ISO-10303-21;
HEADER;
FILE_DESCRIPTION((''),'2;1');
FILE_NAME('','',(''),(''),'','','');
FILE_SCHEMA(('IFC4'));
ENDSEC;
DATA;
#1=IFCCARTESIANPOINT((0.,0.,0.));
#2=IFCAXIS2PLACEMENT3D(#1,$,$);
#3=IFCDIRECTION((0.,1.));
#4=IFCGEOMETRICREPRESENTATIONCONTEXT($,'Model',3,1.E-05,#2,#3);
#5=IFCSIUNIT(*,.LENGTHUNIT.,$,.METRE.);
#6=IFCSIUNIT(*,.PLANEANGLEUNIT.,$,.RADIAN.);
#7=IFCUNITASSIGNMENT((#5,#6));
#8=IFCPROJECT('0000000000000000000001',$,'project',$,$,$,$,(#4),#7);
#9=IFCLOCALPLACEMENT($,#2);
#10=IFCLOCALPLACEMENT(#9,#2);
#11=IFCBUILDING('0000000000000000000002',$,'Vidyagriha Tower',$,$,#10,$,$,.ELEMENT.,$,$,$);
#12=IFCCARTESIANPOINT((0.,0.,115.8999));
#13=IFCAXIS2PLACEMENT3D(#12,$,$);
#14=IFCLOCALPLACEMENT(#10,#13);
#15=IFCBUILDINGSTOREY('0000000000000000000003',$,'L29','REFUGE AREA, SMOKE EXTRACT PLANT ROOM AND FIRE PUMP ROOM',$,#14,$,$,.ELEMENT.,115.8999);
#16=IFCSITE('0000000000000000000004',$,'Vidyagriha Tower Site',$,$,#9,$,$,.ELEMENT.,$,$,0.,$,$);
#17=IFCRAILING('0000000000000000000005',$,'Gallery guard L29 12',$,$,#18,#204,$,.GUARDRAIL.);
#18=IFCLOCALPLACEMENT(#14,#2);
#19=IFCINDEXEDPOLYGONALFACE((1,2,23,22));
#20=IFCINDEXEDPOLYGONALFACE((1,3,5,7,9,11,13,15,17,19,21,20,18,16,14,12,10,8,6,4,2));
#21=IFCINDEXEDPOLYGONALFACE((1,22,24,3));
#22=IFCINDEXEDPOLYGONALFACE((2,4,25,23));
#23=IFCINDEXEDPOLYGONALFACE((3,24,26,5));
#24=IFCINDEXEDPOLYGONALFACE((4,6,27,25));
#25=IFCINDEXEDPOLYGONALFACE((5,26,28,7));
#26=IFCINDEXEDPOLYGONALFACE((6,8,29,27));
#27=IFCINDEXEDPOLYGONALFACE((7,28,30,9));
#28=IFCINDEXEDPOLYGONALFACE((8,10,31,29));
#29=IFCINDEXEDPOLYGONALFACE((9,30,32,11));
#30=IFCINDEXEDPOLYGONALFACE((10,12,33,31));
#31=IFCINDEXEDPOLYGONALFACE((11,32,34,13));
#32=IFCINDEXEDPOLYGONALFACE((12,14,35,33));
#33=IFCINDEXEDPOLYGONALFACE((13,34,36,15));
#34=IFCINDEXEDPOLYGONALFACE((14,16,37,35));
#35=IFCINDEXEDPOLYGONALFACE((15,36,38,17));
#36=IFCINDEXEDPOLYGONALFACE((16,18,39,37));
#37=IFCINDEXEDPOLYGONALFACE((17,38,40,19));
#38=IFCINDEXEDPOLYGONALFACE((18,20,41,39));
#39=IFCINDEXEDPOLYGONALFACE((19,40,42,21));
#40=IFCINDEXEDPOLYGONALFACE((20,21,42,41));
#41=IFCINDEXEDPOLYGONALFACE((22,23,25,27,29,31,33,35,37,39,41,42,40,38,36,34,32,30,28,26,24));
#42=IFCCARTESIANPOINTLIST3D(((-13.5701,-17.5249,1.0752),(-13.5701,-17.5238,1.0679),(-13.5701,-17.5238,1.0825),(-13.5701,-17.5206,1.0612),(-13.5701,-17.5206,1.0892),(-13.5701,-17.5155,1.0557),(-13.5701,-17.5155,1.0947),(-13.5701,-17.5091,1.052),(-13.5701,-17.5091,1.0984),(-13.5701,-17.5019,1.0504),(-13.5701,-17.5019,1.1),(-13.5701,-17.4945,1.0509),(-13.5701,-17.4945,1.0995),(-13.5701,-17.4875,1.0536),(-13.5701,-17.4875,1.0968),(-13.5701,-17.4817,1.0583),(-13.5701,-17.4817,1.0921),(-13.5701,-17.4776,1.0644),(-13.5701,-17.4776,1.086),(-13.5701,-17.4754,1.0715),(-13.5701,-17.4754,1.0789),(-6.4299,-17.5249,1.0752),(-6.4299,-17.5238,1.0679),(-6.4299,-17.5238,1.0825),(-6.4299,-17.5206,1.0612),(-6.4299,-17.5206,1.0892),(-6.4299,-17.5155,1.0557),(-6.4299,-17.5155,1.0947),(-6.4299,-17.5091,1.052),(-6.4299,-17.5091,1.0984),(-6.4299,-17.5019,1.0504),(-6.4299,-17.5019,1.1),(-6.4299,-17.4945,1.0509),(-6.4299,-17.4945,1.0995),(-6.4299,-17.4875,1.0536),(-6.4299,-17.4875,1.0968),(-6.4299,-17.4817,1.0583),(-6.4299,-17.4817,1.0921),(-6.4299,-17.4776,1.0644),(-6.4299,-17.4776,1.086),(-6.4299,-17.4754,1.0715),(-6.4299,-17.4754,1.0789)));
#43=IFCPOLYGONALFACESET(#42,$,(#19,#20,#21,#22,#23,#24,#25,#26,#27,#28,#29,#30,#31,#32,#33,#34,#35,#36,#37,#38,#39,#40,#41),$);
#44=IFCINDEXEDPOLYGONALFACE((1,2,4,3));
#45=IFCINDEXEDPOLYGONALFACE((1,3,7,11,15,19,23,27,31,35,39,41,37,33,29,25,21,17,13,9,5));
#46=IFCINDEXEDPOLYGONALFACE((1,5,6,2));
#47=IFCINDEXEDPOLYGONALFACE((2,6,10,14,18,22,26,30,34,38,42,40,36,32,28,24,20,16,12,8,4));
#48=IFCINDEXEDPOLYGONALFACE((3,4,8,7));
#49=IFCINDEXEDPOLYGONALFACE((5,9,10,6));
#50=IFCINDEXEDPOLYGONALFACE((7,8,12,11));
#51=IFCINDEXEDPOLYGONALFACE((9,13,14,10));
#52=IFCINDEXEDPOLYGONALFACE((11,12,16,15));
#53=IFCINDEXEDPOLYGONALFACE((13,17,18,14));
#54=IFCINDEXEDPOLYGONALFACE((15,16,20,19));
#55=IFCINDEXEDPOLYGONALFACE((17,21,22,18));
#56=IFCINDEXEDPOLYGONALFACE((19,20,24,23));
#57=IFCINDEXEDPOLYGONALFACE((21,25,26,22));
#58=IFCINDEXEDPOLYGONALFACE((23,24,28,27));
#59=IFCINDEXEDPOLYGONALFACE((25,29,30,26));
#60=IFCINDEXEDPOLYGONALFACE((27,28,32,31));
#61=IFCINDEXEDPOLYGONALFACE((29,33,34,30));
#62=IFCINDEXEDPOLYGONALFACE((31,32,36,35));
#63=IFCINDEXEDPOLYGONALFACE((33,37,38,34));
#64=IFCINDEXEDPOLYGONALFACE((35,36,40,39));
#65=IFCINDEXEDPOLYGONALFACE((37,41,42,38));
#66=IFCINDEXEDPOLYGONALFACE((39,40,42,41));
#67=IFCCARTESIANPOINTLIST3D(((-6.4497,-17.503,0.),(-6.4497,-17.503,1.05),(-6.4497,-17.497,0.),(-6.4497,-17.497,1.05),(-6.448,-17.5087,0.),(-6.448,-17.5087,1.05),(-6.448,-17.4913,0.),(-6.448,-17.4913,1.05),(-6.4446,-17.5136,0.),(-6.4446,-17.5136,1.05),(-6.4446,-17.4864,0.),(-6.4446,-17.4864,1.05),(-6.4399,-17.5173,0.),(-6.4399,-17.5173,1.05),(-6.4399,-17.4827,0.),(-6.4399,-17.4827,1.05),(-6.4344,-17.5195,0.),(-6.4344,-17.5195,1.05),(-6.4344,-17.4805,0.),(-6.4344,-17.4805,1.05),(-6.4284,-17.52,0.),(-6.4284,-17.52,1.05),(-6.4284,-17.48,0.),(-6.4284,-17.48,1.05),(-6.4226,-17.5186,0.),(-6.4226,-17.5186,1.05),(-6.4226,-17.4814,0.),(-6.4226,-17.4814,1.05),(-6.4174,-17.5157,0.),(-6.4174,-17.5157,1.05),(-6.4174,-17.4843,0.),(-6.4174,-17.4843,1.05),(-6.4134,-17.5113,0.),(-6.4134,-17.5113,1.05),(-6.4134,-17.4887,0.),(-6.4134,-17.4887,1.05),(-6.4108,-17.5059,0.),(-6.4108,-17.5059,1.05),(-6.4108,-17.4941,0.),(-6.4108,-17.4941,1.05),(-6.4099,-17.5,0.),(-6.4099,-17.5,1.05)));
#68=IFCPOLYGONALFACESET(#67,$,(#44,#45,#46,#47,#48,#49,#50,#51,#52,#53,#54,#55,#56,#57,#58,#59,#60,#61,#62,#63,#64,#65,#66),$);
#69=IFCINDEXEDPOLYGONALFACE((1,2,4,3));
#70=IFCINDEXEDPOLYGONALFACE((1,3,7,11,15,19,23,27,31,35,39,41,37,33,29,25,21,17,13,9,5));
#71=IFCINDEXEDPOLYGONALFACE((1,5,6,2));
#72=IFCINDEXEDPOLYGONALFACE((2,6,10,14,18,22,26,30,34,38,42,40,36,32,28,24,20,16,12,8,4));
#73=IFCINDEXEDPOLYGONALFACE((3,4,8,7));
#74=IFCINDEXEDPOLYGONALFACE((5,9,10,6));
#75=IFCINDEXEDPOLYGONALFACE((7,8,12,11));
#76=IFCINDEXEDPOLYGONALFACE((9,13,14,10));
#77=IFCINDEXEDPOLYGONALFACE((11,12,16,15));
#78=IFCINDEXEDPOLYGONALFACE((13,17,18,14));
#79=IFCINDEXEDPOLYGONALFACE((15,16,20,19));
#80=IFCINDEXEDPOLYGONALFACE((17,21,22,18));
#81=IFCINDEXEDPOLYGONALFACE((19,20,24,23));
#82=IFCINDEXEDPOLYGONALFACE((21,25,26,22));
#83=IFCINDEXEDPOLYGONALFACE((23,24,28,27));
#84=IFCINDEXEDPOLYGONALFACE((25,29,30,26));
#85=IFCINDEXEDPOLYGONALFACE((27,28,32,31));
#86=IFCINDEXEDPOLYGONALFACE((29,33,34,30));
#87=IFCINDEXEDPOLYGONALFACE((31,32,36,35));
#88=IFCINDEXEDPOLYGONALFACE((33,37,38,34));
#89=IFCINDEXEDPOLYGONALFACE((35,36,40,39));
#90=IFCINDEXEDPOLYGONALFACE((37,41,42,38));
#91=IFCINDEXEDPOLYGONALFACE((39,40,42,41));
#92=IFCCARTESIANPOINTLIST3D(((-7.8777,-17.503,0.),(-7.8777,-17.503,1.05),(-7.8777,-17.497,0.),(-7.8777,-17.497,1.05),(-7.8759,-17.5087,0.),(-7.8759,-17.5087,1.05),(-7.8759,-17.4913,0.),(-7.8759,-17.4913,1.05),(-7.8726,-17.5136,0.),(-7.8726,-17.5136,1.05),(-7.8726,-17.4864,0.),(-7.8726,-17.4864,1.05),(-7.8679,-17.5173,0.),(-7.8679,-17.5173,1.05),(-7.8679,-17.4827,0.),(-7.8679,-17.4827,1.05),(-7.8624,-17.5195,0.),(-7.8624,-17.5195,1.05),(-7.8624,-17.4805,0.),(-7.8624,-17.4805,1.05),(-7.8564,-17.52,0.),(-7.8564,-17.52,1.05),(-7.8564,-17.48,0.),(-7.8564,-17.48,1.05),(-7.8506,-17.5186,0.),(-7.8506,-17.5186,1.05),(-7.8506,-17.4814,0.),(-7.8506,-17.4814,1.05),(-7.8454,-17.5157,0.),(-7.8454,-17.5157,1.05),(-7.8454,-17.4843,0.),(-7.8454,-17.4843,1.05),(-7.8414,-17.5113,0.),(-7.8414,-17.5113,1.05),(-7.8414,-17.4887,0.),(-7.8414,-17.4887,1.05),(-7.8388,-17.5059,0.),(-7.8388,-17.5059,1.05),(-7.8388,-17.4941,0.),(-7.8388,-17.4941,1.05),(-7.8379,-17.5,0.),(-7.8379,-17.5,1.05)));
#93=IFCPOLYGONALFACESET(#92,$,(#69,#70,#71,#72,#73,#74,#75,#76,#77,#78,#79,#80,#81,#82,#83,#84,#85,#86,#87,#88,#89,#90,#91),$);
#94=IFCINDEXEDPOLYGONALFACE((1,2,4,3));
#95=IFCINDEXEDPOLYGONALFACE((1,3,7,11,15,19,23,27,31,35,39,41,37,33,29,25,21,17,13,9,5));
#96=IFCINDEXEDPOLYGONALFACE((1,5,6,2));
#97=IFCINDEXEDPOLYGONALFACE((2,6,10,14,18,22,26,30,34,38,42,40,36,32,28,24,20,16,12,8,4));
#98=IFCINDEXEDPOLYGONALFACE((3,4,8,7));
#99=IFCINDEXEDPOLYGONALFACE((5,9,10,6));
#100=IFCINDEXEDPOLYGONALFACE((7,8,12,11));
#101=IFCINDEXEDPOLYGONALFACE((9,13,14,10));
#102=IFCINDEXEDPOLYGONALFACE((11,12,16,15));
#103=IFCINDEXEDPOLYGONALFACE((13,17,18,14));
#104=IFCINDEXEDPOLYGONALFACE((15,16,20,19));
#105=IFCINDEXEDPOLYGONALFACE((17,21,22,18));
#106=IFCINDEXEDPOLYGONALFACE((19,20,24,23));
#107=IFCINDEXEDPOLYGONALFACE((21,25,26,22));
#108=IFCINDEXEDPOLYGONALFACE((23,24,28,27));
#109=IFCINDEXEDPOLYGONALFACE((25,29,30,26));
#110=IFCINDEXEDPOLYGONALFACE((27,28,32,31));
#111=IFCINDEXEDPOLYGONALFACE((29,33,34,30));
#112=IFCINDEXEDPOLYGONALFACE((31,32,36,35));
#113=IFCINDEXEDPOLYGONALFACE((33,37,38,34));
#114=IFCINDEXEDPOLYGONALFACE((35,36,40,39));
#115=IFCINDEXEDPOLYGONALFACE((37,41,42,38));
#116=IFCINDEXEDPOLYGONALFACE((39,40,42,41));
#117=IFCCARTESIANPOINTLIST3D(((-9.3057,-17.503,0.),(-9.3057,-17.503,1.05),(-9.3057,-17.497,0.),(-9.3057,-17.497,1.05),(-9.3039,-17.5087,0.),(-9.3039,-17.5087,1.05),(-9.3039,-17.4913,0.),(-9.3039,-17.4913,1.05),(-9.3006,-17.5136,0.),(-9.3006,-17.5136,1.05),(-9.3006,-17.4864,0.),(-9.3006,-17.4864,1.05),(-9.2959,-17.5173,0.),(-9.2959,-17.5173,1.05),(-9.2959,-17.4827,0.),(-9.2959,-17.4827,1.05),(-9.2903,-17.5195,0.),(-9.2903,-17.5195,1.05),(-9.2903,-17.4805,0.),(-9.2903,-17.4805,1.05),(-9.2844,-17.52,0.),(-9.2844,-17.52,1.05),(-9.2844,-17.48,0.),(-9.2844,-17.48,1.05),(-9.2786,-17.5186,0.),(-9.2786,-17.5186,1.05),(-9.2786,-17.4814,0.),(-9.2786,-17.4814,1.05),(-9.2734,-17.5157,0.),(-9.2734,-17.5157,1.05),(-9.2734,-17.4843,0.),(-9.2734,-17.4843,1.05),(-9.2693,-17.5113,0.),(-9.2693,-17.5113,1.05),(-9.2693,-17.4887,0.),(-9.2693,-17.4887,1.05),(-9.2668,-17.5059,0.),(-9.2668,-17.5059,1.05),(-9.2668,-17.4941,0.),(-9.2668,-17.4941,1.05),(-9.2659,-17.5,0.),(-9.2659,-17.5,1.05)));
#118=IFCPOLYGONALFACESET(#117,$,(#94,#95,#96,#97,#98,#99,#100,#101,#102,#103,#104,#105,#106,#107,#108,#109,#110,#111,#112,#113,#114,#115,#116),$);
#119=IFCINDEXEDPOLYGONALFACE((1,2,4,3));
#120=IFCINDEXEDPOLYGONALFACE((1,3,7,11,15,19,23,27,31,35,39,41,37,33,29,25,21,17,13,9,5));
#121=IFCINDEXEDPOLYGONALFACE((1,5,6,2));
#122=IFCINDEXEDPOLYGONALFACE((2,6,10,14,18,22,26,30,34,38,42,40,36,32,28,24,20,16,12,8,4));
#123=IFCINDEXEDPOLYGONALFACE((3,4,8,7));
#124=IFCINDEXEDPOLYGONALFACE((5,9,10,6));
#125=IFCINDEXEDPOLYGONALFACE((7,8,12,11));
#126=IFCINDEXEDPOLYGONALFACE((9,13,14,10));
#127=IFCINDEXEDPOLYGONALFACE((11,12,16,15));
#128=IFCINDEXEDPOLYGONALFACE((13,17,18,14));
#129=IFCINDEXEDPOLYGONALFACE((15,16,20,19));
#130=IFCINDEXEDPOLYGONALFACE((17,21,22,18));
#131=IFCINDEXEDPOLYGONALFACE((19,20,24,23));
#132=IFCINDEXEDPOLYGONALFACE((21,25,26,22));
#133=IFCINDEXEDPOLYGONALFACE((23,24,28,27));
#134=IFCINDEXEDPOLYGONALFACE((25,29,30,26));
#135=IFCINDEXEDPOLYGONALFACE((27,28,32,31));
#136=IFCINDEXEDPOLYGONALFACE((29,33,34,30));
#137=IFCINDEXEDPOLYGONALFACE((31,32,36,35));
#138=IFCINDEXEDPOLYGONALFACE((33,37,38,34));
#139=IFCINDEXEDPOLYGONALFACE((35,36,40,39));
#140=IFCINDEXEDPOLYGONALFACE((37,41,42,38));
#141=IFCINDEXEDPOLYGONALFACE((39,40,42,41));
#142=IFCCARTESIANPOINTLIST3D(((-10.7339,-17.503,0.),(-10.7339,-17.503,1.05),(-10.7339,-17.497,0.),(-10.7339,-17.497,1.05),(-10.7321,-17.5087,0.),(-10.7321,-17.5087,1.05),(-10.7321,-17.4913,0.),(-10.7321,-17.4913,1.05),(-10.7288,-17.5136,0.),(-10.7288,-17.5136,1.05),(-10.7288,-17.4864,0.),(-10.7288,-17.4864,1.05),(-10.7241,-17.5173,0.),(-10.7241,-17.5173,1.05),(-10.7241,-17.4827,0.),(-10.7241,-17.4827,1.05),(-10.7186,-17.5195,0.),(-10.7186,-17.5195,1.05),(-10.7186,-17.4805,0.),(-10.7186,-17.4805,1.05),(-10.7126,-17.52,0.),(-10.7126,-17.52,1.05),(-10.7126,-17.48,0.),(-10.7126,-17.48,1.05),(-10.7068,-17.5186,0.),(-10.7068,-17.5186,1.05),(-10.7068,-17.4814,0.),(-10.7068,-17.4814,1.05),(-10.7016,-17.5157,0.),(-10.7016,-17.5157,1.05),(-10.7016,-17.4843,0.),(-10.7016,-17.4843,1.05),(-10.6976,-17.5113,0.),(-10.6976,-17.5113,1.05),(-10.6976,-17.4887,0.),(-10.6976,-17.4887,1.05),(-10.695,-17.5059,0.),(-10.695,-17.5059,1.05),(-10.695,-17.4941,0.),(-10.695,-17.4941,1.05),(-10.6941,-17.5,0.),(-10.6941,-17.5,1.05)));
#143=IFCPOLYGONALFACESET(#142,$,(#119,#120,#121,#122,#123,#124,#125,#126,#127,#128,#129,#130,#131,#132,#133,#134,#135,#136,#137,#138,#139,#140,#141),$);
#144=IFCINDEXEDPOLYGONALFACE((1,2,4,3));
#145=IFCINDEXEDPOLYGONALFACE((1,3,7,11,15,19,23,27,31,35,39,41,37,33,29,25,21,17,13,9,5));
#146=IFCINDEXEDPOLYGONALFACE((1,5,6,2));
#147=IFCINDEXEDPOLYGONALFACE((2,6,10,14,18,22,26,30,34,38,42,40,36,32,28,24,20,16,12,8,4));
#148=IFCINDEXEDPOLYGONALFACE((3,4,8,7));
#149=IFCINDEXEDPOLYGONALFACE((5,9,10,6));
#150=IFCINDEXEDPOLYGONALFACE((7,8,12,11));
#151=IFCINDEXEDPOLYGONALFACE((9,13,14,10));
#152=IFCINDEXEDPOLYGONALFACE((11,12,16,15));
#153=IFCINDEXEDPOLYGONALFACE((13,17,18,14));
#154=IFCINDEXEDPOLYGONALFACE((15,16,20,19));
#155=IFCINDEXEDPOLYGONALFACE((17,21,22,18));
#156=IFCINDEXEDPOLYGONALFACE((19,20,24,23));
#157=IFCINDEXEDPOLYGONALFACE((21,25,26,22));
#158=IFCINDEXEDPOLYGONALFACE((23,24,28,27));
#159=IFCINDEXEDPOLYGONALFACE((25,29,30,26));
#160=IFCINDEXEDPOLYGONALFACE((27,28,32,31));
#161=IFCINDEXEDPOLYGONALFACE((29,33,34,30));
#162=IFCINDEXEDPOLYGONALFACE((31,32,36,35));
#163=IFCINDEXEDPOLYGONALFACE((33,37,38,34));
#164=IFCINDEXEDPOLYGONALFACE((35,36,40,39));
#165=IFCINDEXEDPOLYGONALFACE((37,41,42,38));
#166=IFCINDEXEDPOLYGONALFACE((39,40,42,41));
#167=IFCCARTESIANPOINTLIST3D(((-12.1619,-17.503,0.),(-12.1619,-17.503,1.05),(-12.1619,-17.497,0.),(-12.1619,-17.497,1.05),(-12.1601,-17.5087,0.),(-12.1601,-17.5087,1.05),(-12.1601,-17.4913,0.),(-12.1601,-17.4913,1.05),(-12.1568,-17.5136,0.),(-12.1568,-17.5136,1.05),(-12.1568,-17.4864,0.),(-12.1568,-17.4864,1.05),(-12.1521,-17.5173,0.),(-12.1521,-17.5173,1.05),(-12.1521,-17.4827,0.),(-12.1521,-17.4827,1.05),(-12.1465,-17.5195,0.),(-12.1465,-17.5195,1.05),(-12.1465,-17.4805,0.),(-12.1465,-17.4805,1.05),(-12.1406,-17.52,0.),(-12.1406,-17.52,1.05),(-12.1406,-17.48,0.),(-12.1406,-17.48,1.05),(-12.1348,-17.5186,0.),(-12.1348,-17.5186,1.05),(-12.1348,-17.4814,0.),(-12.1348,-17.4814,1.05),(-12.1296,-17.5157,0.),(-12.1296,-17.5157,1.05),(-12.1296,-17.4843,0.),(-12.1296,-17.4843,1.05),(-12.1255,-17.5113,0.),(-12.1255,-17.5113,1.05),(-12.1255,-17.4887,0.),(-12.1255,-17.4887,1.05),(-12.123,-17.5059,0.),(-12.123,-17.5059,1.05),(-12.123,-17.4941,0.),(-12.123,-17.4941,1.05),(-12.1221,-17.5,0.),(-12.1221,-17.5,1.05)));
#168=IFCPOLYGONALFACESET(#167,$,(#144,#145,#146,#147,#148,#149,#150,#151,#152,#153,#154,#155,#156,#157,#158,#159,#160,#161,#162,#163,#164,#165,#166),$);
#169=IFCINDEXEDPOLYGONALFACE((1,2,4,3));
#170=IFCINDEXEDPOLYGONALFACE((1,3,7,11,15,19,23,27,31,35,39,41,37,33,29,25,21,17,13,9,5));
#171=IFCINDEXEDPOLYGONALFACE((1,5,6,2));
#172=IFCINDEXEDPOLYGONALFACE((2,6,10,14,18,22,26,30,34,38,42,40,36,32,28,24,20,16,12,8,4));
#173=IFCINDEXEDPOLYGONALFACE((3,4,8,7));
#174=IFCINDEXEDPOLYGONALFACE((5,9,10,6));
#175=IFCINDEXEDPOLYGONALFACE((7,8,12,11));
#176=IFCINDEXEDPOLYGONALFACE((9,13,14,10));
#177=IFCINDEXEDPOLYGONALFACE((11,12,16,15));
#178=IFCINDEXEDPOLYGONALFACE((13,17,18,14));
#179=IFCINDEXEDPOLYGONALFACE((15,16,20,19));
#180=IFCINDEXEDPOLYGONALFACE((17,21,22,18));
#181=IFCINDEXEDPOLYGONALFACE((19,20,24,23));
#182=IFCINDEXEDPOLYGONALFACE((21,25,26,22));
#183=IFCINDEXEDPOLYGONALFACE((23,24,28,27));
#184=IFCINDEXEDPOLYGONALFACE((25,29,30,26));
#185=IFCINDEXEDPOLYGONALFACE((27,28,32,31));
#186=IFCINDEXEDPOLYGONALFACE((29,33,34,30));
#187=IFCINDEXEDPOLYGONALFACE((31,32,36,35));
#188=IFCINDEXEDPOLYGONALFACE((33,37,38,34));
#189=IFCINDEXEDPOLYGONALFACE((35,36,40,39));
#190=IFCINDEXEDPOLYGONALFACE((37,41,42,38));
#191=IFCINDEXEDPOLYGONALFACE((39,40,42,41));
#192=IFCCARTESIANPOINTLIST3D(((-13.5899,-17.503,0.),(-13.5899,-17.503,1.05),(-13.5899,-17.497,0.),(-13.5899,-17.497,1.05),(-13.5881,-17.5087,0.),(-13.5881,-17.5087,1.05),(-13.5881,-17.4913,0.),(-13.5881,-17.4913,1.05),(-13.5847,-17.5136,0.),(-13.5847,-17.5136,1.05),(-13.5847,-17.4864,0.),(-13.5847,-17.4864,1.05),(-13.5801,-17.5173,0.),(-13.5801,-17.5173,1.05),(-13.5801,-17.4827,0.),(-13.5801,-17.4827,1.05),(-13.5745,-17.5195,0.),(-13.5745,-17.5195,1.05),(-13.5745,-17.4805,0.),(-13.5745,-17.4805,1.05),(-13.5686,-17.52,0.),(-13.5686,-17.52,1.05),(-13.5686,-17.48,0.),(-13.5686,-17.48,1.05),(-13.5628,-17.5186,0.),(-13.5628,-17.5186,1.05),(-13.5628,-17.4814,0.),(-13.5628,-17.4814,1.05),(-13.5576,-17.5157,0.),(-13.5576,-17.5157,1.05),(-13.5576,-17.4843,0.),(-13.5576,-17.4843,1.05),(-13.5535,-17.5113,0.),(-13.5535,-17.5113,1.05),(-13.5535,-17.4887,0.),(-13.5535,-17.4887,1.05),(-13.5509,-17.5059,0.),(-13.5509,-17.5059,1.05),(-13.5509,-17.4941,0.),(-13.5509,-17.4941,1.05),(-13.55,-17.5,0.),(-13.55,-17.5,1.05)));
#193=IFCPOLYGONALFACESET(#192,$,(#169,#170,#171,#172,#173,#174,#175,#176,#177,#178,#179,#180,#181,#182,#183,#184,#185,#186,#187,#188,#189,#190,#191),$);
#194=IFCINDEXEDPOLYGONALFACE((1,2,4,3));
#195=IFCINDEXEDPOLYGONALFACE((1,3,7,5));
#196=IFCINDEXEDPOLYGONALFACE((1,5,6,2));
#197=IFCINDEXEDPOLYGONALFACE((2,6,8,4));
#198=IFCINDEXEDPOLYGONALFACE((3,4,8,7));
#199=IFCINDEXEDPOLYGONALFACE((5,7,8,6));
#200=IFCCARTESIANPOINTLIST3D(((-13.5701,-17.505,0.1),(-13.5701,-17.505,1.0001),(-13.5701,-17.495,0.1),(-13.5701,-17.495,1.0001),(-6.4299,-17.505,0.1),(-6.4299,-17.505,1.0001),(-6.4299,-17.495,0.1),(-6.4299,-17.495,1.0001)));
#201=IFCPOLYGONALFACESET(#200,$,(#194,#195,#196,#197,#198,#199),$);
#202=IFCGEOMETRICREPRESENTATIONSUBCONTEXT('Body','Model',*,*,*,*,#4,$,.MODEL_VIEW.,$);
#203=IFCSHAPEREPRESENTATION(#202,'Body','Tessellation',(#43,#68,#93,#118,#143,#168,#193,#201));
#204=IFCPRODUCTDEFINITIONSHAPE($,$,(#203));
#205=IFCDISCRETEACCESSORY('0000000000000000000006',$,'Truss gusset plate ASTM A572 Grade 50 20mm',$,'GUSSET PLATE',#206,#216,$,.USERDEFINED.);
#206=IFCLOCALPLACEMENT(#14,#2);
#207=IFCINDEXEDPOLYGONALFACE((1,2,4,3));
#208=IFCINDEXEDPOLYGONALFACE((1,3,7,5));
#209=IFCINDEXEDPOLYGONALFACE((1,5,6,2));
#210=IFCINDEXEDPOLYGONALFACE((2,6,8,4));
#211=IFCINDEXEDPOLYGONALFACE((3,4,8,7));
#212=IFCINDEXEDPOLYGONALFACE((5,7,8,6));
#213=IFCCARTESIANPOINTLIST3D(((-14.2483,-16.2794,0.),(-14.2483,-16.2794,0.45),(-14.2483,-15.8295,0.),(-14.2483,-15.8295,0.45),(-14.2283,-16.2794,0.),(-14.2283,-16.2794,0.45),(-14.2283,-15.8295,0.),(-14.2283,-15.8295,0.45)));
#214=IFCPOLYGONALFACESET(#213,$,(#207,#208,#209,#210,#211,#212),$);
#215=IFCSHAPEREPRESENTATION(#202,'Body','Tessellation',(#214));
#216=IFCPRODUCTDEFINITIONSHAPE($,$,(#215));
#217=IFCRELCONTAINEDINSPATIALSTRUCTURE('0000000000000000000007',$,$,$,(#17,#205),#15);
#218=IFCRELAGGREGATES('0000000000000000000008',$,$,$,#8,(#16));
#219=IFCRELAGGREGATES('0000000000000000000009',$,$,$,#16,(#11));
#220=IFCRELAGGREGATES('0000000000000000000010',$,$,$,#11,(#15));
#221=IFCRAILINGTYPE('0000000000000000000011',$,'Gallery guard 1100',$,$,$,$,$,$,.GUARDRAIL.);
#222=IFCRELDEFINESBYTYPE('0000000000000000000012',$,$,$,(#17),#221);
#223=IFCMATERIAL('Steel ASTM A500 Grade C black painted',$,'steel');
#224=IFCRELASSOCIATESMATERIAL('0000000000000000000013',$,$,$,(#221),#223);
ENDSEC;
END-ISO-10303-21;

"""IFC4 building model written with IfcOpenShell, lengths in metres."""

from ifc_helpers import new_model, si_unit, direction, frame, origin, origin_2d, place, context, subcontext, project, spatial, rectangle, circle, extrude, material, type_object, element, save


model = new_model("IFC4")

# Units and contexts
model_context = context("Model", 3, precision=1e-05, world=origin(), true_north=direction((0.0, 1.0)))
body_context = subcontext(model_context, "Body", "Model", "MODEL_VIEW")
ifc_project = project(units=[si_unit("LENGTHUNIT", "METRE"), si_unit("PLANEANGLEUNIT", "RADIAN")], contexts=[model_context])

# Site, building, storey
site_placement = place(None, origin())
site = spatial("IfcSite", under=ifc_project, at=site_placement, Name="Vidyagriha Tower Site", CompositionType="ELEMENT", RefElevation=0.0)
building_placement = place(site_placement, origin())
building = spatial("IfcBuilding", under=site, at=building_placement, Name="Vidyagriha Tower", CompositionType="ELEMENT")
storey_placement = place(building_placement, frame((0.0, 0.0, 115.8999)))
storey = spatial("IfcBuildingStorey", under=building, at=storey_placement, Name="L29", Description="REFUGE AREA, SMOKE EXTRACT PLANT ROOM AND FIRE PUMP ROOM", CompositionType="ELEMENT", Elevation=115.8999)

# Railing
ifc_material_1 = material(Name="Steel ASTM A500 Grade C black painted", Category="steel")
railing_type = type_object("IfcRailingType", Name="Gallery guard 1100", PredefinedType="GUARDRAIL", material=ifc_material_1)
railing_placement = place(storey_placement, frame((-6.4299, -17.5, 0.0)))
element("IfcRailing", 1, at=railing_placement, inside=storey, type_object=railing_type, Name="Gallery guard L29 12", PredefinedType="GUARDRAIL", context=body_context, shape_type="SweptSolid", body=[
    extrude(circle(Radius=0.0249, at=origin_2d()), frame((0.0, 0.0, 1.0752), z_axis=(-1.0, 0.0, 0.0), x_axis=(0.0, -1.0, 0.0)), (0.0, 0.0, 1.0), 7.1401),
    extrude(circle(Radius=0.02, at=origin_2d()), origin(), (0.0, 0.0, 1.0), 1.05),
    extrude(circle(Radius=0.02, at=origin_2d()), frame((-1.428, 0.0, 0.0)), (0.0, 0.0, 1.0), 1.05),
    extrude(circle(Radius=0.02, at=origin_2d()), frame((-2.856, 0.0, 0.0)), (0.0, 0.0, 1.0), 1.05),
    extrude(circle(Radius=0.02, at=origin_2d()), frame((-4.2842, 0.0, 0.0)), (0.0, 0.0, 1.0), 1.05),
    extrude(circle(Radius=0.02, at=origin_2d()), frame((-5.7122, 0.0, 0.0)), (0.0, 0.0, 1.0), 1.05),
    extrude(circle(Radius=0.02, at=origin_2d()), frame((-7.1401, 0.0, 0.0)), (0.0, 0.0, 1.0), 1.05),
    extrude(rectangle(XDim=0.01, YDim=0.9001, at=origin_2d()), frame((0.0, 0.0, 0.55), z_axis=(-1.0, 0.0, 0.0), x_axis=(0.0, -1.0, 0.0)), (0.0, 0.0, 1.0), 7.1401),
])

# Discrete accessory
for number, where, z_axis, x_axis, name in (
    (2, (-14.2383, -16.0544, 0.0), (0.0, 0.0, 1.0), (0.0, 1.0, 0.0), "Truss gusset plate ASTM A572 Grade 50 20mm"),
):
    element("IfcDiscreteAccessory", number, at=place(storey_placement, frame(where, z_axis=z_axis, x_axis=x_axis)), inside=storey, Name=name, ObjectType="GUSSET PLATE", PredefinedType="USERDEFINED", context=body_context, shape_type="SweptSolid", body=[
        extrude(rectangle(XDim=0.45, YDim=0.02, at=origin_2d()), origin(), (0.0, 0.0, 1.0), 0.45),
    ])

save(model, "model.ifc")
